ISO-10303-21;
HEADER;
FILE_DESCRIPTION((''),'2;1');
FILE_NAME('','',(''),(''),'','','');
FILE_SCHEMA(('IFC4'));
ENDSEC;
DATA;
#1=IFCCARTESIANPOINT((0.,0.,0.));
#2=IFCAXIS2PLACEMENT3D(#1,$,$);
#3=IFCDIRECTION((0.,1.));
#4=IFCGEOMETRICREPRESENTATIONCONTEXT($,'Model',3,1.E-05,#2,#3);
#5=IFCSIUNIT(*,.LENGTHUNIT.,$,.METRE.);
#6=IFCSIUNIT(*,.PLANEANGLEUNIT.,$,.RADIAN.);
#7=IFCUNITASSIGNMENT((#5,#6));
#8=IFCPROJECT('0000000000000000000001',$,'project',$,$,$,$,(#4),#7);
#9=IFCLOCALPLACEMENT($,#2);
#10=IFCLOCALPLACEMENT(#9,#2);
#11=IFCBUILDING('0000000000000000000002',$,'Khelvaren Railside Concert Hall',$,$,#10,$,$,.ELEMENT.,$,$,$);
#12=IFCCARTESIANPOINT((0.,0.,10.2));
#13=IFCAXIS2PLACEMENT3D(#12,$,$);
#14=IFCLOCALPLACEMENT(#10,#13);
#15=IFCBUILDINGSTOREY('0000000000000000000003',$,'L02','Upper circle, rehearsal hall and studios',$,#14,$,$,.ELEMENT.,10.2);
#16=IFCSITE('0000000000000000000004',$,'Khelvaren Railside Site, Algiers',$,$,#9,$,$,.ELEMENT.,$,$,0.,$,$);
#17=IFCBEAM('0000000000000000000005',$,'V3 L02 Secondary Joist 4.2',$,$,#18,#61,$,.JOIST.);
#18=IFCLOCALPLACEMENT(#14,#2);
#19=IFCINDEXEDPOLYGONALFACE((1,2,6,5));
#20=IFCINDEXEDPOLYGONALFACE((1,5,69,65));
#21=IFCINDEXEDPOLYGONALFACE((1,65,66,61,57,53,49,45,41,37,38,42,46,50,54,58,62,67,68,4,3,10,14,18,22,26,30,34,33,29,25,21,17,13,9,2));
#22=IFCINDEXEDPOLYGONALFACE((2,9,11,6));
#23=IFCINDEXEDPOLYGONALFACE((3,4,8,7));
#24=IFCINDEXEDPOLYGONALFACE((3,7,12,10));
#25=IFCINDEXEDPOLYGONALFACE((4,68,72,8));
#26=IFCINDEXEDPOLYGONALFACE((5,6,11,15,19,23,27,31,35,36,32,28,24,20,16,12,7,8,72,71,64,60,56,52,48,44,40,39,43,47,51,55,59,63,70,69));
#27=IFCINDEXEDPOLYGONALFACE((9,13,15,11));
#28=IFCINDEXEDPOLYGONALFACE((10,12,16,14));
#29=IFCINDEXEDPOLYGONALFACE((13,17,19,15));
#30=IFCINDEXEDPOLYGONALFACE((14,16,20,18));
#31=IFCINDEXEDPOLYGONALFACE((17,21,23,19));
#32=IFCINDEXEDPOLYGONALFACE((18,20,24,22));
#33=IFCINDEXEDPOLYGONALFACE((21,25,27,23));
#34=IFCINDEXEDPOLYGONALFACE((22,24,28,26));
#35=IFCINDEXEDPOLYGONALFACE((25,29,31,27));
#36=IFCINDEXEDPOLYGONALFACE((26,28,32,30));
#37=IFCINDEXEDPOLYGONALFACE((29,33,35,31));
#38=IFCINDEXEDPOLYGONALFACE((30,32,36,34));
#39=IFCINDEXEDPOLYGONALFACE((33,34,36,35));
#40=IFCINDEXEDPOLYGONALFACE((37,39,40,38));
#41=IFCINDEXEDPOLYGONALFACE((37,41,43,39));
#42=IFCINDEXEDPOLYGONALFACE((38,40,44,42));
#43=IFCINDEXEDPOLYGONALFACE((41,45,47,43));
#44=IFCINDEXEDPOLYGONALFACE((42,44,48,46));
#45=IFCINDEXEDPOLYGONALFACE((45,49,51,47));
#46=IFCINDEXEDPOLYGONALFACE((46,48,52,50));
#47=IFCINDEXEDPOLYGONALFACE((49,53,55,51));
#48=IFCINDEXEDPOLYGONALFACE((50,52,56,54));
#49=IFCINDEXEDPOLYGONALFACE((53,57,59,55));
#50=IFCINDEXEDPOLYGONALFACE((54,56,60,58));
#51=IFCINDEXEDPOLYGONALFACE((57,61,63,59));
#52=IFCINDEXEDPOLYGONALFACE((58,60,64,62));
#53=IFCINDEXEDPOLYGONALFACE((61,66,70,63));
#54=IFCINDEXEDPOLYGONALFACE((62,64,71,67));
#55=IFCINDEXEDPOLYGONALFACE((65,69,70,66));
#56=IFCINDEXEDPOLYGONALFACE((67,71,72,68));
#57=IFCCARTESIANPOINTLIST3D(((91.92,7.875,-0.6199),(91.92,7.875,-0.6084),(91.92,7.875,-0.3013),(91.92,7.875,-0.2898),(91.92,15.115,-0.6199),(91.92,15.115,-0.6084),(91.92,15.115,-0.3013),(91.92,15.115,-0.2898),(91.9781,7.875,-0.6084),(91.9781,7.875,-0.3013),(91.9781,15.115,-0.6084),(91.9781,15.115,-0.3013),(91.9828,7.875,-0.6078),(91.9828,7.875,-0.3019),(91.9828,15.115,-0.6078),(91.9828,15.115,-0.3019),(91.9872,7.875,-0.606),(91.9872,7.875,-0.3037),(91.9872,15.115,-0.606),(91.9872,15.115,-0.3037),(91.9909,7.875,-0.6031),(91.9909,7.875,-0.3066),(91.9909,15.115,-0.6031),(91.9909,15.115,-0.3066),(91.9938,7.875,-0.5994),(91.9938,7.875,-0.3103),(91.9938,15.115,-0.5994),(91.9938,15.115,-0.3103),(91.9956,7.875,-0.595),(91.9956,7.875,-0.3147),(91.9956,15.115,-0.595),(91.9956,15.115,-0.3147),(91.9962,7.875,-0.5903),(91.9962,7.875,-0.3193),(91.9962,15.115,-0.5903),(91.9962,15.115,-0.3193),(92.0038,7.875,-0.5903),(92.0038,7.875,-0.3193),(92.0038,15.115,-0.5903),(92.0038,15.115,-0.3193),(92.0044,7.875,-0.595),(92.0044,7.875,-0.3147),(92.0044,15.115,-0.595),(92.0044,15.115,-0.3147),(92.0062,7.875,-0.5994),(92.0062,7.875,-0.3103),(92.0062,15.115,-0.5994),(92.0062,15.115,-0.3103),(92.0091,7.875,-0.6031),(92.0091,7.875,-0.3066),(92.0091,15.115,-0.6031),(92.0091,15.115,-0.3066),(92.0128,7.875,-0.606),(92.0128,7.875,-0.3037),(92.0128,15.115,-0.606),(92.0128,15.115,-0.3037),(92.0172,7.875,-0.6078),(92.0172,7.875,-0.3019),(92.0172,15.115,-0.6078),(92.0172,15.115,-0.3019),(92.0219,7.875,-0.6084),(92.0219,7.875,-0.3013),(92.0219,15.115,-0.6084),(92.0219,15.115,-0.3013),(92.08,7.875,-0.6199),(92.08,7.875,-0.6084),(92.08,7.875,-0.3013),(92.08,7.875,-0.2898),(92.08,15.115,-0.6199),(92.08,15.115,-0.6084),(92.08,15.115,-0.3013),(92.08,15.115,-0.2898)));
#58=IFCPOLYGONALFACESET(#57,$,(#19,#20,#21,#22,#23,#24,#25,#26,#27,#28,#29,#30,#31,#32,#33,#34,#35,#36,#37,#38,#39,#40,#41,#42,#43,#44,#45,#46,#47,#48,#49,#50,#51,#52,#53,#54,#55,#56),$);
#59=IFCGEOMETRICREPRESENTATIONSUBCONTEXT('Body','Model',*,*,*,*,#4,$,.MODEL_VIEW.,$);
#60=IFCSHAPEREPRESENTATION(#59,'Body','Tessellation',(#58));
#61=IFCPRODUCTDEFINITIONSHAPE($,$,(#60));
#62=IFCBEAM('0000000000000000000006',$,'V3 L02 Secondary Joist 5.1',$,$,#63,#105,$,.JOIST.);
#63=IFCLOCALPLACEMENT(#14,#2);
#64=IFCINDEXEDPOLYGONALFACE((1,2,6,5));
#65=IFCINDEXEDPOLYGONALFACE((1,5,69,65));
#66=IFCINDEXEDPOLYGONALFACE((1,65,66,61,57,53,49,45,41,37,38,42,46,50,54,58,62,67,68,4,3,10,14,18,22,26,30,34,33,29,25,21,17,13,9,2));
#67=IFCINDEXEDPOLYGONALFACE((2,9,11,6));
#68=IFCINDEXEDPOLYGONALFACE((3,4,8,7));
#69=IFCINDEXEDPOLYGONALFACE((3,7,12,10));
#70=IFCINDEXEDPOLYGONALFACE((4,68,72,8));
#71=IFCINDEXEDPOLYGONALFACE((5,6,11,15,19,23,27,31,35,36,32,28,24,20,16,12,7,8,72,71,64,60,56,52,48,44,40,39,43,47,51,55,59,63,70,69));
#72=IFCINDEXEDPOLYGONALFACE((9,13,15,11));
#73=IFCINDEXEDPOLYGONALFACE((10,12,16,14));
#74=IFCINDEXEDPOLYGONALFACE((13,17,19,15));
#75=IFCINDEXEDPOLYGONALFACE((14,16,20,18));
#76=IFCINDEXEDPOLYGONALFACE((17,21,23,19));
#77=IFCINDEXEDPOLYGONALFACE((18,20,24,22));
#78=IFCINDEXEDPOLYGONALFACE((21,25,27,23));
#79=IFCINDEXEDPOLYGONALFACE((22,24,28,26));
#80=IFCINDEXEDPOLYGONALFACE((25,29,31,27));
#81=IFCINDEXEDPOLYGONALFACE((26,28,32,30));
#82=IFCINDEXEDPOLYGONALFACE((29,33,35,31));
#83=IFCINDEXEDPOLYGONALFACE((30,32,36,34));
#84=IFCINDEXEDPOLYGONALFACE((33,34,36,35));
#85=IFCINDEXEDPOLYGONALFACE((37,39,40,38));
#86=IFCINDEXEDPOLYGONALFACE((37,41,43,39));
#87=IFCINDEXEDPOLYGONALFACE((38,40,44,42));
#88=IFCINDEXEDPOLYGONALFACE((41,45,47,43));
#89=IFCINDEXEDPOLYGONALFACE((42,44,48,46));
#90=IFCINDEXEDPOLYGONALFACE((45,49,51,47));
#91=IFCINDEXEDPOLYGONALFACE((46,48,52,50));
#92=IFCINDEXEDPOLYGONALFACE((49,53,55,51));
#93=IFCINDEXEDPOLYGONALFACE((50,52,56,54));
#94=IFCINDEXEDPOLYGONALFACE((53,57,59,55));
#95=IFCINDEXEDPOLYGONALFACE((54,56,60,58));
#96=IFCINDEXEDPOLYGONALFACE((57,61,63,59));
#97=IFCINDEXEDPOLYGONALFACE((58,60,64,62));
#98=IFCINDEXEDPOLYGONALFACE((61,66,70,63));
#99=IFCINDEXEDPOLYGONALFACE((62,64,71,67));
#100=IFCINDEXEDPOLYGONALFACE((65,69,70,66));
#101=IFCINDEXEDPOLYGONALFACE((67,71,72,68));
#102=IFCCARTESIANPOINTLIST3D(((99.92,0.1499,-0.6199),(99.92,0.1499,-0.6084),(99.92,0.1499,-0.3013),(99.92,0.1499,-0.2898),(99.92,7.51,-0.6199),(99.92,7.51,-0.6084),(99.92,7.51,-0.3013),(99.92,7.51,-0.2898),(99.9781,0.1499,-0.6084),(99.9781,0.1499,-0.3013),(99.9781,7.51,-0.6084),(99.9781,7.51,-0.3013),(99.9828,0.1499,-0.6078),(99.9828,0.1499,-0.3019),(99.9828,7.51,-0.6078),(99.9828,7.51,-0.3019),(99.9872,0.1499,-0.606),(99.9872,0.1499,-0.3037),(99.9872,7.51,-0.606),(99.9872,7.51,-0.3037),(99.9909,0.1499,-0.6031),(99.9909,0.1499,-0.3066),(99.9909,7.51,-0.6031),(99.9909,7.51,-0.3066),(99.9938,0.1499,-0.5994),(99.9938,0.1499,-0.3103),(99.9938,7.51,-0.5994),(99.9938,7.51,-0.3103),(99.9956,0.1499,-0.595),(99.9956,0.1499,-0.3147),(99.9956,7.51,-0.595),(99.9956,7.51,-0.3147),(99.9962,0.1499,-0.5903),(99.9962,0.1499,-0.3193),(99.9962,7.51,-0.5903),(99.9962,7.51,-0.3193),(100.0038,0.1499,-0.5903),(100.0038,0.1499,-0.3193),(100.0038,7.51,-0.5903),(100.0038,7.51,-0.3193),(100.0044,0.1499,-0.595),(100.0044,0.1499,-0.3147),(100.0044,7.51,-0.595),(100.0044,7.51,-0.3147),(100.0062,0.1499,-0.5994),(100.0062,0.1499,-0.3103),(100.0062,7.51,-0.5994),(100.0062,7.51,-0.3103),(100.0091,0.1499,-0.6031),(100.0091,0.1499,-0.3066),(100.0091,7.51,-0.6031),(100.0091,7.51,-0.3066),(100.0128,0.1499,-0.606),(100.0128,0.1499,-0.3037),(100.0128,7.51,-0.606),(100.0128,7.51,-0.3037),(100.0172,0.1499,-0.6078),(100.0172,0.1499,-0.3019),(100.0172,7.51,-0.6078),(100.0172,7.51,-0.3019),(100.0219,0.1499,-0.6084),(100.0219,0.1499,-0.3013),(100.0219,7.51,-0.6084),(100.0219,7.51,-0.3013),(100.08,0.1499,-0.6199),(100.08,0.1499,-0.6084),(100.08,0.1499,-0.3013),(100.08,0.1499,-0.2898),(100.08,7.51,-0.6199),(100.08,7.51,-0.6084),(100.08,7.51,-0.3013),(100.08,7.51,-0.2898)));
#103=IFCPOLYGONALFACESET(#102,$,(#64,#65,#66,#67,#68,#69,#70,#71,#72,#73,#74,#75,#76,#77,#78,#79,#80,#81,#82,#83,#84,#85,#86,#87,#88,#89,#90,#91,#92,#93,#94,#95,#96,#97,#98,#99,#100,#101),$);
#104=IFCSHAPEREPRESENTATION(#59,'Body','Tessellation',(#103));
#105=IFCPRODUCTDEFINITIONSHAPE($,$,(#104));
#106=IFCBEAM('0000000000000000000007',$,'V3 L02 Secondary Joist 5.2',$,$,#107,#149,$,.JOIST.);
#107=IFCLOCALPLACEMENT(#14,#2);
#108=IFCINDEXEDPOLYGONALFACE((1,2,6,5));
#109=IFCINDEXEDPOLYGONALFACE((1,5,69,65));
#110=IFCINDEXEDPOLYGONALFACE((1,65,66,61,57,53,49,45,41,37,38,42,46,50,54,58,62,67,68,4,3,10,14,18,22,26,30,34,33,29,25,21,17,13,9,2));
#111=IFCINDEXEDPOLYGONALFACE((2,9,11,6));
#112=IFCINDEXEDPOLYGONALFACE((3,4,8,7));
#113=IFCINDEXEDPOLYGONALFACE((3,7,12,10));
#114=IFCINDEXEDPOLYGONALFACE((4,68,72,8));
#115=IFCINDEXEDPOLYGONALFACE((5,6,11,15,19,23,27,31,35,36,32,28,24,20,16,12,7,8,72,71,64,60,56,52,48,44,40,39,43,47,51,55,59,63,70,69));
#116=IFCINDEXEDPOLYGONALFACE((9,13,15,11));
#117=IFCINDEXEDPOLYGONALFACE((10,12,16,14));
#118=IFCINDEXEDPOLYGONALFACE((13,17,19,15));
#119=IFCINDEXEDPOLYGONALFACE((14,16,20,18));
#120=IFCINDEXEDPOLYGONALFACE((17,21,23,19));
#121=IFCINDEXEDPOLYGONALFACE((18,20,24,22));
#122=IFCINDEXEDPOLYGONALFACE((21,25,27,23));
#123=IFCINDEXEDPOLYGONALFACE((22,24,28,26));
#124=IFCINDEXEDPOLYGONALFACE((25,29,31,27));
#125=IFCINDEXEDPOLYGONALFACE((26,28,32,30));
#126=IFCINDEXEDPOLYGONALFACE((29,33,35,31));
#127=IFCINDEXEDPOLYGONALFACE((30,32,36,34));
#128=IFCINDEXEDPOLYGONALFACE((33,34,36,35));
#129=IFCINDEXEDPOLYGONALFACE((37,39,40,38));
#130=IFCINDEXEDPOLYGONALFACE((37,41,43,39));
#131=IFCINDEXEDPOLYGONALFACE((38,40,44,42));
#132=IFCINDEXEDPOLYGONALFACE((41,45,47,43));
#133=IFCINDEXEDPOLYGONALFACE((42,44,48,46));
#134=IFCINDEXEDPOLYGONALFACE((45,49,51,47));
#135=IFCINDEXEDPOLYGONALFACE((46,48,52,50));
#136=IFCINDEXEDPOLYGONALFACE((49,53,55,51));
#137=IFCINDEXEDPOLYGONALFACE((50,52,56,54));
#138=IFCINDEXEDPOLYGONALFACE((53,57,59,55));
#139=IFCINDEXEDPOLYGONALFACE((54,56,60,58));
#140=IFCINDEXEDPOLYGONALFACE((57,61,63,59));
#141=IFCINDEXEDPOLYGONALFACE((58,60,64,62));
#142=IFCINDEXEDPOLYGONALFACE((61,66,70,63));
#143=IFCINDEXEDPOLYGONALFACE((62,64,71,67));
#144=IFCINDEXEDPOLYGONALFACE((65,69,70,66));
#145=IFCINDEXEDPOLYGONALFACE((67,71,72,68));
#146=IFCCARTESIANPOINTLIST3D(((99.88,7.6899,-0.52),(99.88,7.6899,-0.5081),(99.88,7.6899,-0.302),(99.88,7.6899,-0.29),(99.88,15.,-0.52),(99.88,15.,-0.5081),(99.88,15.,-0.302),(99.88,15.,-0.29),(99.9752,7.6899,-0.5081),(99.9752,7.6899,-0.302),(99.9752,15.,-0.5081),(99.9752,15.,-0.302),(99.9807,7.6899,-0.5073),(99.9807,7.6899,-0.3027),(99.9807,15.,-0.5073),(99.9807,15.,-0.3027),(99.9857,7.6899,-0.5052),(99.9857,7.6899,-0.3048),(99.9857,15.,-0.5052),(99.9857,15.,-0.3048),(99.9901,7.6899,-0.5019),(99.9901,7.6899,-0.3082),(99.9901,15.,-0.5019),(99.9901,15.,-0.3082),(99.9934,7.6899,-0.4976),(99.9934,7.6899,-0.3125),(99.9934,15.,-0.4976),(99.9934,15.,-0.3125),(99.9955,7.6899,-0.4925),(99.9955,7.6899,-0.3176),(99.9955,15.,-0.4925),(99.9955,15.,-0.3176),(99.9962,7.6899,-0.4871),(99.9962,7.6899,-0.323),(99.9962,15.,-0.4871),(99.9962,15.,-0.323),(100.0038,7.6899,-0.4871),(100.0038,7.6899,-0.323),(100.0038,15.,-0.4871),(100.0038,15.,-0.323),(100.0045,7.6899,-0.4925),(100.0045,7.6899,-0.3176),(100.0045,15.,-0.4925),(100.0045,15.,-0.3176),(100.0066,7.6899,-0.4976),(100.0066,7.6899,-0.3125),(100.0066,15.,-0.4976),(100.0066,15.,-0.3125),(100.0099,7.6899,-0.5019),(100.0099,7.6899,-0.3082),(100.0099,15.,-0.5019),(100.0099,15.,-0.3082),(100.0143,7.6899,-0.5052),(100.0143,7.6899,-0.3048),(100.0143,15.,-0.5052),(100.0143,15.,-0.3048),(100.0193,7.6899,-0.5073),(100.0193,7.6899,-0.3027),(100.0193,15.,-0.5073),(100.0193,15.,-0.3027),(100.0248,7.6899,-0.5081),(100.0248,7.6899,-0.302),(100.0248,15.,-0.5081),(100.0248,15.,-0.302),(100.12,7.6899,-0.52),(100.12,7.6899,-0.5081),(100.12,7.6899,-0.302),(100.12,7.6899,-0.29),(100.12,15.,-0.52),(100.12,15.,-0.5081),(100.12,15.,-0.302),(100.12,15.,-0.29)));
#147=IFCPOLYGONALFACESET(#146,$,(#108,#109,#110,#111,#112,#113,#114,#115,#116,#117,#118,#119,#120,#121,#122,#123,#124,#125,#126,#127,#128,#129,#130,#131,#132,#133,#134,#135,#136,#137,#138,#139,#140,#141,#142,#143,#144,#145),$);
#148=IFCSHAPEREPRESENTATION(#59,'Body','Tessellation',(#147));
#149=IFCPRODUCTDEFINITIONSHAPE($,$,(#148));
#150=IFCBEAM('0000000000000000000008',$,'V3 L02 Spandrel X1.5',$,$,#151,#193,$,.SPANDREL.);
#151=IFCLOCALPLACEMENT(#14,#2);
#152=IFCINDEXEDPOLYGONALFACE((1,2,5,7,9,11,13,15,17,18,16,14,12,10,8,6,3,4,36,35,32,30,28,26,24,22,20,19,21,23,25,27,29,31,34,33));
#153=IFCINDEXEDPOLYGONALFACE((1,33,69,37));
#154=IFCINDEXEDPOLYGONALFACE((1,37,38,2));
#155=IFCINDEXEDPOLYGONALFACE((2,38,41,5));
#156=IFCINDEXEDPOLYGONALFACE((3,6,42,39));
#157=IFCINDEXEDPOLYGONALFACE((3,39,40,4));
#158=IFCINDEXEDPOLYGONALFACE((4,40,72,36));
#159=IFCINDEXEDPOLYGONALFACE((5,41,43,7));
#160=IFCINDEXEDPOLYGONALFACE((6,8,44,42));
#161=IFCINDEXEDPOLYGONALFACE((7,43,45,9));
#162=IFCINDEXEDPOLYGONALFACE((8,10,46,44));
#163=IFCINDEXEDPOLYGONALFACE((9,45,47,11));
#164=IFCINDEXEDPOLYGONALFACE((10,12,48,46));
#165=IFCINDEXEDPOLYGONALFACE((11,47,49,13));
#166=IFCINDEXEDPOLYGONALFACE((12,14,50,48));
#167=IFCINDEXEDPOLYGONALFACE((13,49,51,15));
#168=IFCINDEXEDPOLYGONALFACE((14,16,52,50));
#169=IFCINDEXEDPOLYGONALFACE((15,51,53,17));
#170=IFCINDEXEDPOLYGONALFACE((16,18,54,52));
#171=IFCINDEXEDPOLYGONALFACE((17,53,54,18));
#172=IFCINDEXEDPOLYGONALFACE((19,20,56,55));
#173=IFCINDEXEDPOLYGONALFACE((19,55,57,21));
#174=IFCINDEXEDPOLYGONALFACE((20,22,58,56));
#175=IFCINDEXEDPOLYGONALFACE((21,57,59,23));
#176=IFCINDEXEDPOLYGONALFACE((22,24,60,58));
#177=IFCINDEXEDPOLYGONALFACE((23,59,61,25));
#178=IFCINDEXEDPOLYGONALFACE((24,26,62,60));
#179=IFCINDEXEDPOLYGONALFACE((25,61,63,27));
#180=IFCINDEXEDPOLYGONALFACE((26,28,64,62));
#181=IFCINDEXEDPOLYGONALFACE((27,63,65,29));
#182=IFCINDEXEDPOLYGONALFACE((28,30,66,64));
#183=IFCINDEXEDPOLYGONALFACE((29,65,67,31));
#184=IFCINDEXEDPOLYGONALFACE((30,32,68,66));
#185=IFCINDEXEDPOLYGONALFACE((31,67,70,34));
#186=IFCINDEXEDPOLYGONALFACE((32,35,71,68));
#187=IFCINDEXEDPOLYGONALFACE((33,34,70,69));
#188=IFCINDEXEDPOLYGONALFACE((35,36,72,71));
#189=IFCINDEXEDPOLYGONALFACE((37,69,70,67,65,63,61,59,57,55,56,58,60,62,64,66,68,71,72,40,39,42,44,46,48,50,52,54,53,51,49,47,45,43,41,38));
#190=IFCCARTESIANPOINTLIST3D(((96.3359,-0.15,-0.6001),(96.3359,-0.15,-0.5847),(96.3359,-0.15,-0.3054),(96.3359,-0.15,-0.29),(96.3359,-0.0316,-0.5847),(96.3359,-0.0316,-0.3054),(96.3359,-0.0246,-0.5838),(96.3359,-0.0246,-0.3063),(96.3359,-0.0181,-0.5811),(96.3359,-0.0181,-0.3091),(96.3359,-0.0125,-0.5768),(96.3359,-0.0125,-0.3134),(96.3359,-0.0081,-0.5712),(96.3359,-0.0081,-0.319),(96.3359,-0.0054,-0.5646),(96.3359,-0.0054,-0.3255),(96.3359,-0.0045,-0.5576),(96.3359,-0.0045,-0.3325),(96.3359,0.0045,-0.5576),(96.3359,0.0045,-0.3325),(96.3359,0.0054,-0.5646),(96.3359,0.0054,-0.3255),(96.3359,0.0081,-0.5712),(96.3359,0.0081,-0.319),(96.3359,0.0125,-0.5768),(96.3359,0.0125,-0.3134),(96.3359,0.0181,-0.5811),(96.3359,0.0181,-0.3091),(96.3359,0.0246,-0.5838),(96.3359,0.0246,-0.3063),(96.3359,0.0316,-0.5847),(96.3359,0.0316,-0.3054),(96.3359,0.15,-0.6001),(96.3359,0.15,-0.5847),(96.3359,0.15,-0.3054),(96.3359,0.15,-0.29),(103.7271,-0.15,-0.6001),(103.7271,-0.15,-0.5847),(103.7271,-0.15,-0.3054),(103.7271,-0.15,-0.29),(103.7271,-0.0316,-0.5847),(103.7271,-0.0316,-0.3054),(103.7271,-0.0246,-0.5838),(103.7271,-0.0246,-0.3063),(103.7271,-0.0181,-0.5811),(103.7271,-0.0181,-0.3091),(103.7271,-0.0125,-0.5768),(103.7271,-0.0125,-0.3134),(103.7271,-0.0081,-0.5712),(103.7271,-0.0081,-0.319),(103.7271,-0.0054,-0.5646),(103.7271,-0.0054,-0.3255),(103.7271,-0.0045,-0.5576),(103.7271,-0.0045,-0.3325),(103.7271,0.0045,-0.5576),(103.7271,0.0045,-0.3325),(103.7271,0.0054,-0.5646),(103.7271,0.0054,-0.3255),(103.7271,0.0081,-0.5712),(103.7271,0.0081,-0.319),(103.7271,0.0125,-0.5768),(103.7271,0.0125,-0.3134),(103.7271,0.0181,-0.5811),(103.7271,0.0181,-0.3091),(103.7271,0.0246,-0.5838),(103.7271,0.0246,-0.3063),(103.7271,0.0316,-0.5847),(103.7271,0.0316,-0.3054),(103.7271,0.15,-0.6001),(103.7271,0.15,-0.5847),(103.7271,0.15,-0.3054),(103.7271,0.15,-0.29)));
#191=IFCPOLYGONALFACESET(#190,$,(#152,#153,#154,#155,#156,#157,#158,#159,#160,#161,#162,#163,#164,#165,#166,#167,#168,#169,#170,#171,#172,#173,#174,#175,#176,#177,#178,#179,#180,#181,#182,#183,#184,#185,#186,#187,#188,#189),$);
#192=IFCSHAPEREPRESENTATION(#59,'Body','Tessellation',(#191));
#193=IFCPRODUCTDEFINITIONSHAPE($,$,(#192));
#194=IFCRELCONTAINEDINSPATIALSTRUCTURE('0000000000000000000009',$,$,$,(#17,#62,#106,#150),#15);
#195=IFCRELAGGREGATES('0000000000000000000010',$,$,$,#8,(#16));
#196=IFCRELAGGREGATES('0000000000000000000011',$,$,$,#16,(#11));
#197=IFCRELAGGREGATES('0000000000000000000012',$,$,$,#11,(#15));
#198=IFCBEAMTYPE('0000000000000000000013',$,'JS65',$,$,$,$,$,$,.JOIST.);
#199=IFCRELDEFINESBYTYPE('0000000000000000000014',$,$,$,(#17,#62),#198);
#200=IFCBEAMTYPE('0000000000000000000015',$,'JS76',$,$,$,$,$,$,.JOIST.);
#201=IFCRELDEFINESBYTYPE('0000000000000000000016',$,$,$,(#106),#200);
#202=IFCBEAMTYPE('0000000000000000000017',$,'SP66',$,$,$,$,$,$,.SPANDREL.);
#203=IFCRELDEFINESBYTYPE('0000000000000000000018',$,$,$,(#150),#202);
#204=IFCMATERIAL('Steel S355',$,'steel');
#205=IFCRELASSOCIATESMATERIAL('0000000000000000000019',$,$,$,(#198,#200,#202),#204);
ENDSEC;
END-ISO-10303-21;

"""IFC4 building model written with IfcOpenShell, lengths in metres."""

from ifc_helpers import new_model, si_unit, direction, frame, origin, origin_2d, place, context, subcontext, project, spatial, i_section, extrude, material, material_profile, profile_set, type_object, element, save


model = new_model("IFC4")

# Units and contexts
model_context = context("Model", 3, precision=1e-05, world=origin(), true_north=direction((0.0, 1.0)))
body_context = subcontext(model_context, "Body", "Model", "MODEL_VIEW")
ifc_project = project(units=[si_unit("LENGTHUNIT", "METRE"), si_unit("PLANEANGLEUNIT", "RADIAN")], contexts=[model_context])

# Site, building, storey
site_placement = place(None, origin())
site = spatial("IfcSite", under=ifc_project, at=site_placement, Name="Khelvaren Railside Site, Algiers", CompositionType="ELEMENT", RefElevation=0.0)
building_placement = place(site_placement, origin())
building = spatial("IfcBuilding", under=site, at=building_placement, Name="Khelvaren Railside Concert Hall", CompositionType="ELEMENT")
storey_placement = place(building_placement, frame((0.0, 0.0, 10.2)))
storey = spatial("IfcBuildingStorey", under=building, at=storey_placement, Name="L02", Description="Upper circle, rehearsal hall and studios", CompositionType="ELEMENT", Elevation=10.2)

# Shared definitions
ifc_material_1 = material(Name="Steel S355", Category="steel")

# Beams
ifc_material_profile_1 = material_profile(ifc_material_1, i_section(OverallWidth=0.1599, OverallDepth=0.3301, WebThickness=0.0076, FlangeThickness=0.0115, FilletRadius=0.0181, at=origin_2d()), Name="IPE 330")
ifc_profile_set_1 = profile_set([ifc_material_profile_1], Name="Steel S355")
beam_type_1 = type_object("IfcBeamType", Name="JS65", PredefinedType="JOIST", material=ifc_profile_set_1)
beam_1_placement = place(storey_placement, frame((92.0, 7.875, -0.4548), z_axis=(0.0, 1.0, 0.0), x_axis=(-1.0, 0.0, 0.0)))
element("IfcBeam", 1, at=beam_1_placement, inside=storey, type_object=beam_type_1, Name="V3 L02 Secondary Joist 4.2", PredefinedType="JOIST", context=body_context, shape_type="SweptSolid", body=[
    extrude(i_section(OverallWidth=0.1599, OverallDepth=0.3301, WebThickness=0.0076, FlangeThickness=0.0115, FilletRadius=0.0181, at=origin_2d()), origin(), (0.0, 0.0, 1.0), 7.24),
])
beam_2_placement = place(storey_placement, frame((100.0, 0.1499, -0.4548), z_axis=(0.0, 1.0, 0.0), x_axis=(-1.0, 0.0, 0.0)))
element("IfcBeam", 2, at=beam_2_placement, inside=storey, type_object=beam_type_1, Name="V3 L02 Secondary Joist 5.1", PredefinedType="JOIST", context=body_context, shape_type="SweptSolid", body=[
    extrude(i_section(OverallWidth=0.1599, OverallDepth=0.3301, WebThickness=0.0076, FlangeThickness=0.0115, FilletRadius=0.0181, at=origin_2d()), origin(), (0.0, 0.0, 1.0), 7.3601),
])
ifc_material_profile_2 = material_profile(ifc_material_1, i_section(OverallWidth=0.24, OverallDepth=0.23, WebThickness=0.0076, FlangeThickness=0.012, FilletRadius=0.021, at=origin_2d()), Name="HEA 240")
ifc_profile_set_2 = profile_set([ifc_material_profile_2], Name="Steel S355")
beam_type_2 = type_object("IfcBeamType", Name="JS76", PredefinedType="JOIST", material=ifc_profile_set_2)
beam_3_placement = place(storey_placement, frame((100.0, 7.6899, -0.405), z_axis=(0.0, 1.0, 0.0), x_axis=(-1.0, 0.0, 0.0)))
element("IfcBeam", 3, at=beam_3_placement, inside=storey, type_object=beam_type_2, Name="V3 L02 Secondary Joist 5.2", PredefinedType="JOIST", context=body_context, shape_type="SweptSolid", body=[
    extrude(i_section(OverallWidth=0.24, OverallDepth=0.23, WebThickness=0.0076, FlangeThickness=0.012, FilletRadius=0.021, at=origin_2d()), origin(), (0.0, 0.0, 1.0), 7.3101),
])
ifc_material_profile_3 = material_profile(ifc_material_1, i_section(OverallWidth=0.3, OverallDepth=0.3101, WebThickness=0.009, FlangeThickness=0.0154, FilletRadius=0.0271, at=origin_2d()), Name="HEA 320")
ifc_profile_set_3 = profile_set([ifc_material_profile_3], Name="Steel S355")
beam_type_3 = type_object("IfcBeamType", Name="SP66", PredefinedType="SPANDREL", material=ifc_profile_set_3)
beam_4_placement = place(storey_placement, frame((96.3359, 0.0, -0.4451), z_axis=(1.0, 0.0, 0.0), x_axis=(0.0, 1.0, 0.0)))
element("IfcBeam", 4, at=beam_4_placement, inside=storey, type_object=beam_type_3, Name="V3 L02 Spandrel X1.5", PredefinedType="SPANDREL", context=body_context, shape_type="SweptSolid", body=[
    extrude(i_section(OverallWidth=0.3, OverallDepth=0.3101, WebThickness=0.009, FlangeThickness=0.0154, FilletRadius=0.0271, at=origin_2d()), origin(), (0.0, 0.0, 1.0), 7.3911),
])

save(model, "model.ifc")
